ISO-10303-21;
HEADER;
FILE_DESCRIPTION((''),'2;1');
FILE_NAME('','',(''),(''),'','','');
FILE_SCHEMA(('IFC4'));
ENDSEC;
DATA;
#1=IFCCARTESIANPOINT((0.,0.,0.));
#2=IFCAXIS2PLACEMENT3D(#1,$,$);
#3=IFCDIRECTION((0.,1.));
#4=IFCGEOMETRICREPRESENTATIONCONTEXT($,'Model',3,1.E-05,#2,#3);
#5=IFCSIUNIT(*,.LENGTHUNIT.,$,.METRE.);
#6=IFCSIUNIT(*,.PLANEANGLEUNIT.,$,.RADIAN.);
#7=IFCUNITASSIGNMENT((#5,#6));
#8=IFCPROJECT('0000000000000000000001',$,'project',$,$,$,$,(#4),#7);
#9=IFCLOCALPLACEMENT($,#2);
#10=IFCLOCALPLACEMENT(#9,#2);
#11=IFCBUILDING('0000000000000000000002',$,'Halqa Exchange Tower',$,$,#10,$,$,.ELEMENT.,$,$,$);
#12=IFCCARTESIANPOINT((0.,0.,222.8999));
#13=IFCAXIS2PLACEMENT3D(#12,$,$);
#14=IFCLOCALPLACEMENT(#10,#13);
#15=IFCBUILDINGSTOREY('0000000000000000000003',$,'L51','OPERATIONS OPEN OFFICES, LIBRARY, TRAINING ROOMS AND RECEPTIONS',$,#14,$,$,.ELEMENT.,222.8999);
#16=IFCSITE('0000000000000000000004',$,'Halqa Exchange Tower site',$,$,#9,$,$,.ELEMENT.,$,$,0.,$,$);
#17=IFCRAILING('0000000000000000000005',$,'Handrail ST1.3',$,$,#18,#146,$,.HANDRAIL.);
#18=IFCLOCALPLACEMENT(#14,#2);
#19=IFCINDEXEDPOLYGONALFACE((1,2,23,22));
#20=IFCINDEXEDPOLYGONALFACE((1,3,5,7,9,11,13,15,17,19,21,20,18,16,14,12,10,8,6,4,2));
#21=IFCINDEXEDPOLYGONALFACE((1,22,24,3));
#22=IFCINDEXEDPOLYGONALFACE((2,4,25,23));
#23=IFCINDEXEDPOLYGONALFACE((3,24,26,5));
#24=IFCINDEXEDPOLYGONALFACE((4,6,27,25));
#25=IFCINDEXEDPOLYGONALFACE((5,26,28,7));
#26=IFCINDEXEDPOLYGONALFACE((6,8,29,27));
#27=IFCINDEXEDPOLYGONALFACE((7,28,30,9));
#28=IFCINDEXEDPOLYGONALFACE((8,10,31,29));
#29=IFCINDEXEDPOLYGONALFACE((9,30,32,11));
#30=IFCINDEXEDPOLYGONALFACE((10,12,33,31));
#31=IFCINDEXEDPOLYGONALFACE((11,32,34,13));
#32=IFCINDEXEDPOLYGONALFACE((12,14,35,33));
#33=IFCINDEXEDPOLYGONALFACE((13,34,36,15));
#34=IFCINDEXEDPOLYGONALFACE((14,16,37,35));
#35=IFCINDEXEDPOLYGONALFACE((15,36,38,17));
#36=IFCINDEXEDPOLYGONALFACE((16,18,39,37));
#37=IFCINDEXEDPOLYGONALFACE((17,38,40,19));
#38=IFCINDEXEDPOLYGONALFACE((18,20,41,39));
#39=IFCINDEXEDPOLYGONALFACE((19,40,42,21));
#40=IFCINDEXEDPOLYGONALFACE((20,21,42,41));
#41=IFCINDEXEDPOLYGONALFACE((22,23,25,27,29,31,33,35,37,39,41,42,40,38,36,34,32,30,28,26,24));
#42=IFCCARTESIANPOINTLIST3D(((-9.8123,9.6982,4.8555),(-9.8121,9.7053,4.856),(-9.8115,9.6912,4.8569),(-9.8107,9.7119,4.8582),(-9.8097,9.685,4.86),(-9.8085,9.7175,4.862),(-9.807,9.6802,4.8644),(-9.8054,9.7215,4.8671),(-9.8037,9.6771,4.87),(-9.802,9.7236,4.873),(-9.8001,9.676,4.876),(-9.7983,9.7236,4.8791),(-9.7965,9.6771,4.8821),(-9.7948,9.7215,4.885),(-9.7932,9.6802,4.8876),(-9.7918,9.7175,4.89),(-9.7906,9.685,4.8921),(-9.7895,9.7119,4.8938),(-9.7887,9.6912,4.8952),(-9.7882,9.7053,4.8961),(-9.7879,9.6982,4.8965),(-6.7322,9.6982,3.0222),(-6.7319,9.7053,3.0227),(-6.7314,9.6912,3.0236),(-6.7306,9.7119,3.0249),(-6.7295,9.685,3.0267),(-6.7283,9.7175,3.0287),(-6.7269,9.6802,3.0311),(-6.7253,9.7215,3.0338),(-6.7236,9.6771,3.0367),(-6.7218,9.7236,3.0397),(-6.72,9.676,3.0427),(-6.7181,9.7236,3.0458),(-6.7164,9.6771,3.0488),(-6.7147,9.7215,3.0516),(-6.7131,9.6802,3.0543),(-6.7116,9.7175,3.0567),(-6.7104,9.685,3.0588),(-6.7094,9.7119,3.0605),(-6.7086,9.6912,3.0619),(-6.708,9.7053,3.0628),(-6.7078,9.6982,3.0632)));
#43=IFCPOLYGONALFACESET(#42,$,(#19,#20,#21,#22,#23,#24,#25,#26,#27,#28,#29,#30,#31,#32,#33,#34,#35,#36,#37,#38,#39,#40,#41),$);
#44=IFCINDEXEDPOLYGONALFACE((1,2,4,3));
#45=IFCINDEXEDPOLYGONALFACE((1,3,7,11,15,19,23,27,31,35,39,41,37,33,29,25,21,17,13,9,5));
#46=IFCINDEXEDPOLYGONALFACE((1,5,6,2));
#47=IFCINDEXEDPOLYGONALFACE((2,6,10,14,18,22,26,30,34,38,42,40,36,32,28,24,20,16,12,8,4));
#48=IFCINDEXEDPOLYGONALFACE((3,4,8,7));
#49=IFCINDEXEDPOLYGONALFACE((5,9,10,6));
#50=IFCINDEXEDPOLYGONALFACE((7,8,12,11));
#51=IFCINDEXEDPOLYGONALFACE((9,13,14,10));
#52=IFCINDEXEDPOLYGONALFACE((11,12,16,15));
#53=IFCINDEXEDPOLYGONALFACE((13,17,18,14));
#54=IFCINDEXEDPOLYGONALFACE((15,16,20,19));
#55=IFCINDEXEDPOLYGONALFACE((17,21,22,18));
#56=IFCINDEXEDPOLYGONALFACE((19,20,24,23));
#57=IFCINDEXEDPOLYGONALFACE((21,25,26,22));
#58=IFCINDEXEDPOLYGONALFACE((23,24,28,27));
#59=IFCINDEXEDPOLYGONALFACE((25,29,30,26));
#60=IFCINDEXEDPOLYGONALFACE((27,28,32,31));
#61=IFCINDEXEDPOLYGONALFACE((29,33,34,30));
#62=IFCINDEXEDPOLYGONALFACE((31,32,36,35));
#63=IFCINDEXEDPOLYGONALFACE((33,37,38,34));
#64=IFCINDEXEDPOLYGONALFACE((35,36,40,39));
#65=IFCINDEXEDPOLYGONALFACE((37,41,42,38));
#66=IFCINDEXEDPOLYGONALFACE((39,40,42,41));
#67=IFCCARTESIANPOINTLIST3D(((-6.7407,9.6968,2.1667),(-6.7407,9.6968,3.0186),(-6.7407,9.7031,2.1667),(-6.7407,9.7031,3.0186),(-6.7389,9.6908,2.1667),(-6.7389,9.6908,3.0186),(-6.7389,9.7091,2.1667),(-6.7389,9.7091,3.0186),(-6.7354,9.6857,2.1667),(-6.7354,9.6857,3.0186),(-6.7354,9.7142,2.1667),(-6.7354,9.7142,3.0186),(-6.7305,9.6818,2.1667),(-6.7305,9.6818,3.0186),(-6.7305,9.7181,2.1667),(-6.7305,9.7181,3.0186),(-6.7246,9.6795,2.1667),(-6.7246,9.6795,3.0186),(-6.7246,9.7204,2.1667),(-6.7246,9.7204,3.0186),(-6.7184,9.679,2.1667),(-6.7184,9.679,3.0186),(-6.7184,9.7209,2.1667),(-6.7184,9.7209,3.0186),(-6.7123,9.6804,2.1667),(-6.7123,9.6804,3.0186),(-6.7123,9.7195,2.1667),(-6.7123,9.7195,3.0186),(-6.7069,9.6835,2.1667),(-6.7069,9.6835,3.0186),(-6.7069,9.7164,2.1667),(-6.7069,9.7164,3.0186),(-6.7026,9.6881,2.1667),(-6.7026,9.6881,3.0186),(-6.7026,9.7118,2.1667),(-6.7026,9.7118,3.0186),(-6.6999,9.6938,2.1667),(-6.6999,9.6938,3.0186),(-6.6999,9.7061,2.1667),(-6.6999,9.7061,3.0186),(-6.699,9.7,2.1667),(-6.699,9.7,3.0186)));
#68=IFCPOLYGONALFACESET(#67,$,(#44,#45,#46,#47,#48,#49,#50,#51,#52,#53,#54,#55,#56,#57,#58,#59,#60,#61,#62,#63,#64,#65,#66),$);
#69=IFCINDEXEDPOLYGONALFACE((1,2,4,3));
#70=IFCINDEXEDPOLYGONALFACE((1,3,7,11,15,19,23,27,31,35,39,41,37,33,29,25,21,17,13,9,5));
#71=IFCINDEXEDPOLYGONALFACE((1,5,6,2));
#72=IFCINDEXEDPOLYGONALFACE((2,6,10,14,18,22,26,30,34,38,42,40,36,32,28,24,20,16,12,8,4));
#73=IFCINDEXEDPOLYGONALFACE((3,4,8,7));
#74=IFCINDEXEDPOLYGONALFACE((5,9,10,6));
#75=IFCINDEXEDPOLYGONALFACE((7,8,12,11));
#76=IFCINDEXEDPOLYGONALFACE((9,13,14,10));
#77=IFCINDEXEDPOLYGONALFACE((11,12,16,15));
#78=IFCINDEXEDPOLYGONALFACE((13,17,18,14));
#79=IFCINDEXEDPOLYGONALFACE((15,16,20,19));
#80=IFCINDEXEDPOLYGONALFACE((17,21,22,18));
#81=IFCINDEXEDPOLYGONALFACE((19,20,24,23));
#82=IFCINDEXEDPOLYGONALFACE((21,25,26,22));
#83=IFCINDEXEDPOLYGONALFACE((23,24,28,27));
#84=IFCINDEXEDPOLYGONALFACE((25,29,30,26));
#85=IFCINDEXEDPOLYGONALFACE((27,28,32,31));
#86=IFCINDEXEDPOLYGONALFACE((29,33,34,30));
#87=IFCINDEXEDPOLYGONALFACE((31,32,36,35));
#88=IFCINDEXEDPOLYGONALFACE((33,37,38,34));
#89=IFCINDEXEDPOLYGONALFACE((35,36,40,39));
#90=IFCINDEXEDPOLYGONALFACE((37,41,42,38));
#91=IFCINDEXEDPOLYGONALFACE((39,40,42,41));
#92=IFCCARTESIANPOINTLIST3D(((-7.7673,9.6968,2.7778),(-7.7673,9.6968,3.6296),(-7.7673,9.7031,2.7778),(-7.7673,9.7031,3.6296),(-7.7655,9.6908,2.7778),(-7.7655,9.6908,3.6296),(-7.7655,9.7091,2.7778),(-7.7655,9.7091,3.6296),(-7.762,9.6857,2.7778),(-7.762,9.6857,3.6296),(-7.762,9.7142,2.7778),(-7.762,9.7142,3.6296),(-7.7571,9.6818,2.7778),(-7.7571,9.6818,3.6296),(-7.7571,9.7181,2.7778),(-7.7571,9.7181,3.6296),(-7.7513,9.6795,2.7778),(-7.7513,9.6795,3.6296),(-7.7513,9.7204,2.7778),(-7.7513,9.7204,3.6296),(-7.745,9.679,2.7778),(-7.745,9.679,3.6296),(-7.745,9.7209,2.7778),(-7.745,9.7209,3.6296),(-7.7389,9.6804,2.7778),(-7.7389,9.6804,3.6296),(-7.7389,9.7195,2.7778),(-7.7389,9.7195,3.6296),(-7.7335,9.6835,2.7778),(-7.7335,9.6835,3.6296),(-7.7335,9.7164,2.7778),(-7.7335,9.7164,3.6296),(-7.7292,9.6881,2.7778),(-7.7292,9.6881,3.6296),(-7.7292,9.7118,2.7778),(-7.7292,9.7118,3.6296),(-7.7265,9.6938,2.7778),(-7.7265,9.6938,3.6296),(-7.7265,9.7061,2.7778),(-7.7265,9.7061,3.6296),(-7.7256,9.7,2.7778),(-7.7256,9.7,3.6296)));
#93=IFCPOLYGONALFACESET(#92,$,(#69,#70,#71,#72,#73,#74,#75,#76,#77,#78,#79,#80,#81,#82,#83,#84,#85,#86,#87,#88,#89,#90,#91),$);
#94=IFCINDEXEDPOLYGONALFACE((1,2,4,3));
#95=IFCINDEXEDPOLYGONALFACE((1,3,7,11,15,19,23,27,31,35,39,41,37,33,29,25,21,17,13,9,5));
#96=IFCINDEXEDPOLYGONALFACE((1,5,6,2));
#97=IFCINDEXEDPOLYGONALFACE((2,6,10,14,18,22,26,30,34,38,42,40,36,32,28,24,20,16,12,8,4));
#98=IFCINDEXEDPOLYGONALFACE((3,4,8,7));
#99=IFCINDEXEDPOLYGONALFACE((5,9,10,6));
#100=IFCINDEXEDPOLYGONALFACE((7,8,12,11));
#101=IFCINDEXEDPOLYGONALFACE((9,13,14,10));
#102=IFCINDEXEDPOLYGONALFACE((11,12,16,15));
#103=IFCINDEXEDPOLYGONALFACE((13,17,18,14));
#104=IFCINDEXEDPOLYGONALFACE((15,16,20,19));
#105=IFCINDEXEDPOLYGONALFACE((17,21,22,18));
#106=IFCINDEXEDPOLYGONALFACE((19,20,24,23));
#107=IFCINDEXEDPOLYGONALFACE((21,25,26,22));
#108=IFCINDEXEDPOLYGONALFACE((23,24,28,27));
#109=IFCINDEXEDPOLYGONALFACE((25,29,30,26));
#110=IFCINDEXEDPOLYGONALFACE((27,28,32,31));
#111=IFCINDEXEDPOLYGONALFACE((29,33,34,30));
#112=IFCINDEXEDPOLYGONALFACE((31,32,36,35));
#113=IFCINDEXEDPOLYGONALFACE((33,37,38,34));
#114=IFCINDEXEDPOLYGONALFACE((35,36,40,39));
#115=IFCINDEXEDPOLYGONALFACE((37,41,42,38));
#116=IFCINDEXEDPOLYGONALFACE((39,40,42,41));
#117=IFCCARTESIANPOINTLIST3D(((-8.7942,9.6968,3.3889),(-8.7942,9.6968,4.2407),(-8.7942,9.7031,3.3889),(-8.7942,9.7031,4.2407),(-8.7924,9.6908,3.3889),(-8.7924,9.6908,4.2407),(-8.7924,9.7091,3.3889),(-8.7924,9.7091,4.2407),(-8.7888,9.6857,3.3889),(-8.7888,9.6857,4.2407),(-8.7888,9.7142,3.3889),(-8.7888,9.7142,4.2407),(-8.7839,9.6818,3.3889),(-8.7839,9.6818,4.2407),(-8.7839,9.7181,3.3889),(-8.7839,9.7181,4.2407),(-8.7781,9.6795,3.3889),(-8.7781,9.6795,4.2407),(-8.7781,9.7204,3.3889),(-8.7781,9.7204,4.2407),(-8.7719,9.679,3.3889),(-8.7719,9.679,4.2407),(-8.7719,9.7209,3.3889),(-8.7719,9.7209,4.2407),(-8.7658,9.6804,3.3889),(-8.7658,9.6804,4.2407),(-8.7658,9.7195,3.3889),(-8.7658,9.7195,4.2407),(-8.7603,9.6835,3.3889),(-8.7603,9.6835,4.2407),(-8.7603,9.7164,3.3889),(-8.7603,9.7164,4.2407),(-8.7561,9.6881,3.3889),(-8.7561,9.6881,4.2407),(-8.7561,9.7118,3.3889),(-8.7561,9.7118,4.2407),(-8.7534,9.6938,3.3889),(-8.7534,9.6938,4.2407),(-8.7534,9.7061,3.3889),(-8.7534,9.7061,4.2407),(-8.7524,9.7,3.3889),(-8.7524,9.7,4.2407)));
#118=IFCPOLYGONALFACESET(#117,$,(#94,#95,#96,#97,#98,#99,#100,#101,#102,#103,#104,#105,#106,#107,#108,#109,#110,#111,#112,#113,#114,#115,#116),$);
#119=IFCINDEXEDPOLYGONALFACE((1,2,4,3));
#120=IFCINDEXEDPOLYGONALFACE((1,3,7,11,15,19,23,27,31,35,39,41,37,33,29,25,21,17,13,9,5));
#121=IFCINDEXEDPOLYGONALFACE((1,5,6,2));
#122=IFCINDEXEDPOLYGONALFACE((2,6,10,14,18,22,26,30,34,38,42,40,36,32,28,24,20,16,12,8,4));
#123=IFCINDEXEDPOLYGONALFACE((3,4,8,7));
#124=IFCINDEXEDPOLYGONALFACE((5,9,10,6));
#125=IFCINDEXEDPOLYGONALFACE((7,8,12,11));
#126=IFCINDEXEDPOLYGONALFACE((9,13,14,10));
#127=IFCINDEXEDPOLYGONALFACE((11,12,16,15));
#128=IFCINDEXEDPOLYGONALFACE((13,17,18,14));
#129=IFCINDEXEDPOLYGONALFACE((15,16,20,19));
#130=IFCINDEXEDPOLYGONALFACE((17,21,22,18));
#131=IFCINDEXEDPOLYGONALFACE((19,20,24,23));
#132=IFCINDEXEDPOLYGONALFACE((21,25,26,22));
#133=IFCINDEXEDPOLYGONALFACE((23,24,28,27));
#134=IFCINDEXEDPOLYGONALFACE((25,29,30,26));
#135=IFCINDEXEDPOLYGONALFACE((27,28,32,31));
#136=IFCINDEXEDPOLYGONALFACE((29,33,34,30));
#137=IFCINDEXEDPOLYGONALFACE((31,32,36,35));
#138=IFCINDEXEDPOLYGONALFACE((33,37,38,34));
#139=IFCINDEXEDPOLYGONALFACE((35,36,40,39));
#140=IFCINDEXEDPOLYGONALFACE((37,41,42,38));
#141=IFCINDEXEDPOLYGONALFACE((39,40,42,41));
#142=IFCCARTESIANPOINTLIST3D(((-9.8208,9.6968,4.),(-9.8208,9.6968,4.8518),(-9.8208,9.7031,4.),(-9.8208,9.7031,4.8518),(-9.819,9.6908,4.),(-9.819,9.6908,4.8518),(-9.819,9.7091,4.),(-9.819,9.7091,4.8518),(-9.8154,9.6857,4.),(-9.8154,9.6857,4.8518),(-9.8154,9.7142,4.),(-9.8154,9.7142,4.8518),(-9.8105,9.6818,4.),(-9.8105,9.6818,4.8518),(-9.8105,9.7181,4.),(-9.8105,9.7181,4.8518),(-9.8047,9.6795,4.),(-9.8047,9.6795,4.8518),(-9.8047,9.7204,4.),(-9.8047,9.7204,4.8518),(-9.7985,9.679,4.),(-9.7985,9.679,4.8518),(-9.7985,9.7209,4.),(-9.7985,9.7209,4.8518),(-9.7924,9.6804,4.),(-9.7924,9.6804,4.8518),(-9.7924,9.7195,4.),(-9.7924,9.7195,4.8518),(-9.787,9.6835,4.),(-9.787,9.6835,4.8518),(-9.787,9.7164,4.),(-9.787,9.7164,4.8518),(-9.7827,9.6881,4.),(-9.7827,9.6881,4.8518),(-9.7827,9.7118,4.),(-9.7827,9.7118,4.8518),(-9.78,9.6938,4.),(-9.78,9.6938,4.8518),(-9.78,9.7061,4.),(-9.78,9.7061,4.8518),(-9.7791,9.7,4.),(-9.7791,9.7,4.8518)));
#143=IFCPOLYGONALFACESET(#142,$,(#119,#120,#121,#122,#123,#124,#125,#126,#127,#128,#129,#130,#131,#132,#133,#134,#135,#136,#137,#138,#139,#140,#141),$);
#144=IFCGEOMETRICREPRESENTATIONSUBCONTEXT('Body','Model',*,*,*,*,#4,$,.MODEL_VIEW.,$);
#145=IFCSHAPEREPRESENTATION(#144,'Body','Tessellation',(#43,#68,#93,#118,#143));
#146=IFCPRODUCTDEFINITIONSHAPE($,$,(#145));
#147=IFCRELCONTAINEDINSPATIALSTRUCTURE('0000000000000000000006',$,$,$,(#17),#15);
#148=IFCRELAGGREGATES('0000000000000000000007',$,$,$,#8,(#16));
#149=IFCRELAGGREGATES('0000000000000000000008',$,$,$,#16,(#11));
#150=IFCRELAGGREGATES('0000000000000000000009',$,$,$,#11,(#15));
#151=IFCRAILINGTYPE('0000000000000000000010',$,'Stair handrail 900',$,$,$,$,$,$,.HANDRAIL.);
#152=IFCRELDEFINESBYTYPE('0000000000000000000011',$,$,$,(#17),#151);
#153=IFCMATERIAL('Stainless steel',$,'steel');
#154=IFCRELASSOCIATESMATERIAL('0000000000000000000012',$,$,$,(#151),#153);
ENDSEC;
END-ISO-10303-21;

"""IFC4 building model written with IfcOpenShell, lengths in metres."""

from ifc_helpers import new_model, si_unit, direction, frame, origin, origin_2d, place, context, subcontext, project, spatial, circle, extrude, material, type_object, element, save


model = new_model("IFC4")

# Units and contexts
model_context = context("Model", 3, precision=1e-05, world=origin(), true_north=direction((0.0, 1.0)))
body_context = subcontext(model_context, "Body", "Model", "MODEL_VIEW")
ifc_project = project(units=[si_unit("LENGTHUNIT", "METRE"), si_unit("PLANEANGLEUNIT", "RADIAN")], contexts=[model_context])

# Site, building, storey
site_placement = place(None, origin())
site = spatial("IfcSite", under=ifc_project, at=site_placement, Name="Halqa Exchange Tower site", CompositionType="ELEMENT", RefElevation=0.0)
building_placement = place(site_placement, origin())
building = spatial("IfcBuilding", under=site, at=building_placement, Name="Halqa Exchange Tower", CompositionType="ELEMENT")
storey_placement = place(building_placement, frame((0.0, 0.0, 222.8999)))
storey = spatial("IfcBuildingStorey", under=building, at=storey_placement, Name="L51", Description="OPERATIONS OPEN OFFICES, LIBRARY, TRAINING ROOMS AND RECEPTIONS", CompositionType="ELEMENT", Elevation=222.8999)

# Railing
ifc_material_1 = material(Name="Stainless steel", Category="steel")
railing_type_1 = type_object("IfcRailingType", Name="Stair handrail 900", PredefinedType="HANDRAIL", material=ifc_material_1)
railing_1_placement = place(storey_placement, frame((-6.72, 9.7, 2.1667)))
element("IfcRailing", 1, at=railing_1_placement, inside=storey, type_object=railing_type_1, Name="Handrail ST1.3", PredefinedType="HANDRAIL", context=body_context, shape_type="SweptSolid", body=[
    extrude(circle(Radius=0.0239, at=origin_2d()), frame((0.0, 0.0, 0.876), z_axis=(-0.859309, 0.0, 0.511458), x_axis=(0.0, -1.0, 0.0)), (0.0, 0.0, 1.0), 3.5845),
    extrude(circle(Radius=0.021, at=origin_2d()), origin(), (0.0, 0.0, 1.0), 0.8518),
    extrude(circle(Radius=0.021, at=origin_2d()), frame((-1.0266, 0.0, 0.6111)), (0.0, 0.0, 1.0), 0.8518),
    extrude(circle(Radius=0.021, at=origin_2d()), frame((-2.0535, 0.0, 1.2222)), (0.0, 0.0, 1.0), 0.8518),
    extrude(circle(Radius=0.021, at=origin_2d()), frame((-3.0801, 0.0, 1.8333)), (0.0, 0.0, 1.0), 0.8518),
])

save(model, "model.ifc")
